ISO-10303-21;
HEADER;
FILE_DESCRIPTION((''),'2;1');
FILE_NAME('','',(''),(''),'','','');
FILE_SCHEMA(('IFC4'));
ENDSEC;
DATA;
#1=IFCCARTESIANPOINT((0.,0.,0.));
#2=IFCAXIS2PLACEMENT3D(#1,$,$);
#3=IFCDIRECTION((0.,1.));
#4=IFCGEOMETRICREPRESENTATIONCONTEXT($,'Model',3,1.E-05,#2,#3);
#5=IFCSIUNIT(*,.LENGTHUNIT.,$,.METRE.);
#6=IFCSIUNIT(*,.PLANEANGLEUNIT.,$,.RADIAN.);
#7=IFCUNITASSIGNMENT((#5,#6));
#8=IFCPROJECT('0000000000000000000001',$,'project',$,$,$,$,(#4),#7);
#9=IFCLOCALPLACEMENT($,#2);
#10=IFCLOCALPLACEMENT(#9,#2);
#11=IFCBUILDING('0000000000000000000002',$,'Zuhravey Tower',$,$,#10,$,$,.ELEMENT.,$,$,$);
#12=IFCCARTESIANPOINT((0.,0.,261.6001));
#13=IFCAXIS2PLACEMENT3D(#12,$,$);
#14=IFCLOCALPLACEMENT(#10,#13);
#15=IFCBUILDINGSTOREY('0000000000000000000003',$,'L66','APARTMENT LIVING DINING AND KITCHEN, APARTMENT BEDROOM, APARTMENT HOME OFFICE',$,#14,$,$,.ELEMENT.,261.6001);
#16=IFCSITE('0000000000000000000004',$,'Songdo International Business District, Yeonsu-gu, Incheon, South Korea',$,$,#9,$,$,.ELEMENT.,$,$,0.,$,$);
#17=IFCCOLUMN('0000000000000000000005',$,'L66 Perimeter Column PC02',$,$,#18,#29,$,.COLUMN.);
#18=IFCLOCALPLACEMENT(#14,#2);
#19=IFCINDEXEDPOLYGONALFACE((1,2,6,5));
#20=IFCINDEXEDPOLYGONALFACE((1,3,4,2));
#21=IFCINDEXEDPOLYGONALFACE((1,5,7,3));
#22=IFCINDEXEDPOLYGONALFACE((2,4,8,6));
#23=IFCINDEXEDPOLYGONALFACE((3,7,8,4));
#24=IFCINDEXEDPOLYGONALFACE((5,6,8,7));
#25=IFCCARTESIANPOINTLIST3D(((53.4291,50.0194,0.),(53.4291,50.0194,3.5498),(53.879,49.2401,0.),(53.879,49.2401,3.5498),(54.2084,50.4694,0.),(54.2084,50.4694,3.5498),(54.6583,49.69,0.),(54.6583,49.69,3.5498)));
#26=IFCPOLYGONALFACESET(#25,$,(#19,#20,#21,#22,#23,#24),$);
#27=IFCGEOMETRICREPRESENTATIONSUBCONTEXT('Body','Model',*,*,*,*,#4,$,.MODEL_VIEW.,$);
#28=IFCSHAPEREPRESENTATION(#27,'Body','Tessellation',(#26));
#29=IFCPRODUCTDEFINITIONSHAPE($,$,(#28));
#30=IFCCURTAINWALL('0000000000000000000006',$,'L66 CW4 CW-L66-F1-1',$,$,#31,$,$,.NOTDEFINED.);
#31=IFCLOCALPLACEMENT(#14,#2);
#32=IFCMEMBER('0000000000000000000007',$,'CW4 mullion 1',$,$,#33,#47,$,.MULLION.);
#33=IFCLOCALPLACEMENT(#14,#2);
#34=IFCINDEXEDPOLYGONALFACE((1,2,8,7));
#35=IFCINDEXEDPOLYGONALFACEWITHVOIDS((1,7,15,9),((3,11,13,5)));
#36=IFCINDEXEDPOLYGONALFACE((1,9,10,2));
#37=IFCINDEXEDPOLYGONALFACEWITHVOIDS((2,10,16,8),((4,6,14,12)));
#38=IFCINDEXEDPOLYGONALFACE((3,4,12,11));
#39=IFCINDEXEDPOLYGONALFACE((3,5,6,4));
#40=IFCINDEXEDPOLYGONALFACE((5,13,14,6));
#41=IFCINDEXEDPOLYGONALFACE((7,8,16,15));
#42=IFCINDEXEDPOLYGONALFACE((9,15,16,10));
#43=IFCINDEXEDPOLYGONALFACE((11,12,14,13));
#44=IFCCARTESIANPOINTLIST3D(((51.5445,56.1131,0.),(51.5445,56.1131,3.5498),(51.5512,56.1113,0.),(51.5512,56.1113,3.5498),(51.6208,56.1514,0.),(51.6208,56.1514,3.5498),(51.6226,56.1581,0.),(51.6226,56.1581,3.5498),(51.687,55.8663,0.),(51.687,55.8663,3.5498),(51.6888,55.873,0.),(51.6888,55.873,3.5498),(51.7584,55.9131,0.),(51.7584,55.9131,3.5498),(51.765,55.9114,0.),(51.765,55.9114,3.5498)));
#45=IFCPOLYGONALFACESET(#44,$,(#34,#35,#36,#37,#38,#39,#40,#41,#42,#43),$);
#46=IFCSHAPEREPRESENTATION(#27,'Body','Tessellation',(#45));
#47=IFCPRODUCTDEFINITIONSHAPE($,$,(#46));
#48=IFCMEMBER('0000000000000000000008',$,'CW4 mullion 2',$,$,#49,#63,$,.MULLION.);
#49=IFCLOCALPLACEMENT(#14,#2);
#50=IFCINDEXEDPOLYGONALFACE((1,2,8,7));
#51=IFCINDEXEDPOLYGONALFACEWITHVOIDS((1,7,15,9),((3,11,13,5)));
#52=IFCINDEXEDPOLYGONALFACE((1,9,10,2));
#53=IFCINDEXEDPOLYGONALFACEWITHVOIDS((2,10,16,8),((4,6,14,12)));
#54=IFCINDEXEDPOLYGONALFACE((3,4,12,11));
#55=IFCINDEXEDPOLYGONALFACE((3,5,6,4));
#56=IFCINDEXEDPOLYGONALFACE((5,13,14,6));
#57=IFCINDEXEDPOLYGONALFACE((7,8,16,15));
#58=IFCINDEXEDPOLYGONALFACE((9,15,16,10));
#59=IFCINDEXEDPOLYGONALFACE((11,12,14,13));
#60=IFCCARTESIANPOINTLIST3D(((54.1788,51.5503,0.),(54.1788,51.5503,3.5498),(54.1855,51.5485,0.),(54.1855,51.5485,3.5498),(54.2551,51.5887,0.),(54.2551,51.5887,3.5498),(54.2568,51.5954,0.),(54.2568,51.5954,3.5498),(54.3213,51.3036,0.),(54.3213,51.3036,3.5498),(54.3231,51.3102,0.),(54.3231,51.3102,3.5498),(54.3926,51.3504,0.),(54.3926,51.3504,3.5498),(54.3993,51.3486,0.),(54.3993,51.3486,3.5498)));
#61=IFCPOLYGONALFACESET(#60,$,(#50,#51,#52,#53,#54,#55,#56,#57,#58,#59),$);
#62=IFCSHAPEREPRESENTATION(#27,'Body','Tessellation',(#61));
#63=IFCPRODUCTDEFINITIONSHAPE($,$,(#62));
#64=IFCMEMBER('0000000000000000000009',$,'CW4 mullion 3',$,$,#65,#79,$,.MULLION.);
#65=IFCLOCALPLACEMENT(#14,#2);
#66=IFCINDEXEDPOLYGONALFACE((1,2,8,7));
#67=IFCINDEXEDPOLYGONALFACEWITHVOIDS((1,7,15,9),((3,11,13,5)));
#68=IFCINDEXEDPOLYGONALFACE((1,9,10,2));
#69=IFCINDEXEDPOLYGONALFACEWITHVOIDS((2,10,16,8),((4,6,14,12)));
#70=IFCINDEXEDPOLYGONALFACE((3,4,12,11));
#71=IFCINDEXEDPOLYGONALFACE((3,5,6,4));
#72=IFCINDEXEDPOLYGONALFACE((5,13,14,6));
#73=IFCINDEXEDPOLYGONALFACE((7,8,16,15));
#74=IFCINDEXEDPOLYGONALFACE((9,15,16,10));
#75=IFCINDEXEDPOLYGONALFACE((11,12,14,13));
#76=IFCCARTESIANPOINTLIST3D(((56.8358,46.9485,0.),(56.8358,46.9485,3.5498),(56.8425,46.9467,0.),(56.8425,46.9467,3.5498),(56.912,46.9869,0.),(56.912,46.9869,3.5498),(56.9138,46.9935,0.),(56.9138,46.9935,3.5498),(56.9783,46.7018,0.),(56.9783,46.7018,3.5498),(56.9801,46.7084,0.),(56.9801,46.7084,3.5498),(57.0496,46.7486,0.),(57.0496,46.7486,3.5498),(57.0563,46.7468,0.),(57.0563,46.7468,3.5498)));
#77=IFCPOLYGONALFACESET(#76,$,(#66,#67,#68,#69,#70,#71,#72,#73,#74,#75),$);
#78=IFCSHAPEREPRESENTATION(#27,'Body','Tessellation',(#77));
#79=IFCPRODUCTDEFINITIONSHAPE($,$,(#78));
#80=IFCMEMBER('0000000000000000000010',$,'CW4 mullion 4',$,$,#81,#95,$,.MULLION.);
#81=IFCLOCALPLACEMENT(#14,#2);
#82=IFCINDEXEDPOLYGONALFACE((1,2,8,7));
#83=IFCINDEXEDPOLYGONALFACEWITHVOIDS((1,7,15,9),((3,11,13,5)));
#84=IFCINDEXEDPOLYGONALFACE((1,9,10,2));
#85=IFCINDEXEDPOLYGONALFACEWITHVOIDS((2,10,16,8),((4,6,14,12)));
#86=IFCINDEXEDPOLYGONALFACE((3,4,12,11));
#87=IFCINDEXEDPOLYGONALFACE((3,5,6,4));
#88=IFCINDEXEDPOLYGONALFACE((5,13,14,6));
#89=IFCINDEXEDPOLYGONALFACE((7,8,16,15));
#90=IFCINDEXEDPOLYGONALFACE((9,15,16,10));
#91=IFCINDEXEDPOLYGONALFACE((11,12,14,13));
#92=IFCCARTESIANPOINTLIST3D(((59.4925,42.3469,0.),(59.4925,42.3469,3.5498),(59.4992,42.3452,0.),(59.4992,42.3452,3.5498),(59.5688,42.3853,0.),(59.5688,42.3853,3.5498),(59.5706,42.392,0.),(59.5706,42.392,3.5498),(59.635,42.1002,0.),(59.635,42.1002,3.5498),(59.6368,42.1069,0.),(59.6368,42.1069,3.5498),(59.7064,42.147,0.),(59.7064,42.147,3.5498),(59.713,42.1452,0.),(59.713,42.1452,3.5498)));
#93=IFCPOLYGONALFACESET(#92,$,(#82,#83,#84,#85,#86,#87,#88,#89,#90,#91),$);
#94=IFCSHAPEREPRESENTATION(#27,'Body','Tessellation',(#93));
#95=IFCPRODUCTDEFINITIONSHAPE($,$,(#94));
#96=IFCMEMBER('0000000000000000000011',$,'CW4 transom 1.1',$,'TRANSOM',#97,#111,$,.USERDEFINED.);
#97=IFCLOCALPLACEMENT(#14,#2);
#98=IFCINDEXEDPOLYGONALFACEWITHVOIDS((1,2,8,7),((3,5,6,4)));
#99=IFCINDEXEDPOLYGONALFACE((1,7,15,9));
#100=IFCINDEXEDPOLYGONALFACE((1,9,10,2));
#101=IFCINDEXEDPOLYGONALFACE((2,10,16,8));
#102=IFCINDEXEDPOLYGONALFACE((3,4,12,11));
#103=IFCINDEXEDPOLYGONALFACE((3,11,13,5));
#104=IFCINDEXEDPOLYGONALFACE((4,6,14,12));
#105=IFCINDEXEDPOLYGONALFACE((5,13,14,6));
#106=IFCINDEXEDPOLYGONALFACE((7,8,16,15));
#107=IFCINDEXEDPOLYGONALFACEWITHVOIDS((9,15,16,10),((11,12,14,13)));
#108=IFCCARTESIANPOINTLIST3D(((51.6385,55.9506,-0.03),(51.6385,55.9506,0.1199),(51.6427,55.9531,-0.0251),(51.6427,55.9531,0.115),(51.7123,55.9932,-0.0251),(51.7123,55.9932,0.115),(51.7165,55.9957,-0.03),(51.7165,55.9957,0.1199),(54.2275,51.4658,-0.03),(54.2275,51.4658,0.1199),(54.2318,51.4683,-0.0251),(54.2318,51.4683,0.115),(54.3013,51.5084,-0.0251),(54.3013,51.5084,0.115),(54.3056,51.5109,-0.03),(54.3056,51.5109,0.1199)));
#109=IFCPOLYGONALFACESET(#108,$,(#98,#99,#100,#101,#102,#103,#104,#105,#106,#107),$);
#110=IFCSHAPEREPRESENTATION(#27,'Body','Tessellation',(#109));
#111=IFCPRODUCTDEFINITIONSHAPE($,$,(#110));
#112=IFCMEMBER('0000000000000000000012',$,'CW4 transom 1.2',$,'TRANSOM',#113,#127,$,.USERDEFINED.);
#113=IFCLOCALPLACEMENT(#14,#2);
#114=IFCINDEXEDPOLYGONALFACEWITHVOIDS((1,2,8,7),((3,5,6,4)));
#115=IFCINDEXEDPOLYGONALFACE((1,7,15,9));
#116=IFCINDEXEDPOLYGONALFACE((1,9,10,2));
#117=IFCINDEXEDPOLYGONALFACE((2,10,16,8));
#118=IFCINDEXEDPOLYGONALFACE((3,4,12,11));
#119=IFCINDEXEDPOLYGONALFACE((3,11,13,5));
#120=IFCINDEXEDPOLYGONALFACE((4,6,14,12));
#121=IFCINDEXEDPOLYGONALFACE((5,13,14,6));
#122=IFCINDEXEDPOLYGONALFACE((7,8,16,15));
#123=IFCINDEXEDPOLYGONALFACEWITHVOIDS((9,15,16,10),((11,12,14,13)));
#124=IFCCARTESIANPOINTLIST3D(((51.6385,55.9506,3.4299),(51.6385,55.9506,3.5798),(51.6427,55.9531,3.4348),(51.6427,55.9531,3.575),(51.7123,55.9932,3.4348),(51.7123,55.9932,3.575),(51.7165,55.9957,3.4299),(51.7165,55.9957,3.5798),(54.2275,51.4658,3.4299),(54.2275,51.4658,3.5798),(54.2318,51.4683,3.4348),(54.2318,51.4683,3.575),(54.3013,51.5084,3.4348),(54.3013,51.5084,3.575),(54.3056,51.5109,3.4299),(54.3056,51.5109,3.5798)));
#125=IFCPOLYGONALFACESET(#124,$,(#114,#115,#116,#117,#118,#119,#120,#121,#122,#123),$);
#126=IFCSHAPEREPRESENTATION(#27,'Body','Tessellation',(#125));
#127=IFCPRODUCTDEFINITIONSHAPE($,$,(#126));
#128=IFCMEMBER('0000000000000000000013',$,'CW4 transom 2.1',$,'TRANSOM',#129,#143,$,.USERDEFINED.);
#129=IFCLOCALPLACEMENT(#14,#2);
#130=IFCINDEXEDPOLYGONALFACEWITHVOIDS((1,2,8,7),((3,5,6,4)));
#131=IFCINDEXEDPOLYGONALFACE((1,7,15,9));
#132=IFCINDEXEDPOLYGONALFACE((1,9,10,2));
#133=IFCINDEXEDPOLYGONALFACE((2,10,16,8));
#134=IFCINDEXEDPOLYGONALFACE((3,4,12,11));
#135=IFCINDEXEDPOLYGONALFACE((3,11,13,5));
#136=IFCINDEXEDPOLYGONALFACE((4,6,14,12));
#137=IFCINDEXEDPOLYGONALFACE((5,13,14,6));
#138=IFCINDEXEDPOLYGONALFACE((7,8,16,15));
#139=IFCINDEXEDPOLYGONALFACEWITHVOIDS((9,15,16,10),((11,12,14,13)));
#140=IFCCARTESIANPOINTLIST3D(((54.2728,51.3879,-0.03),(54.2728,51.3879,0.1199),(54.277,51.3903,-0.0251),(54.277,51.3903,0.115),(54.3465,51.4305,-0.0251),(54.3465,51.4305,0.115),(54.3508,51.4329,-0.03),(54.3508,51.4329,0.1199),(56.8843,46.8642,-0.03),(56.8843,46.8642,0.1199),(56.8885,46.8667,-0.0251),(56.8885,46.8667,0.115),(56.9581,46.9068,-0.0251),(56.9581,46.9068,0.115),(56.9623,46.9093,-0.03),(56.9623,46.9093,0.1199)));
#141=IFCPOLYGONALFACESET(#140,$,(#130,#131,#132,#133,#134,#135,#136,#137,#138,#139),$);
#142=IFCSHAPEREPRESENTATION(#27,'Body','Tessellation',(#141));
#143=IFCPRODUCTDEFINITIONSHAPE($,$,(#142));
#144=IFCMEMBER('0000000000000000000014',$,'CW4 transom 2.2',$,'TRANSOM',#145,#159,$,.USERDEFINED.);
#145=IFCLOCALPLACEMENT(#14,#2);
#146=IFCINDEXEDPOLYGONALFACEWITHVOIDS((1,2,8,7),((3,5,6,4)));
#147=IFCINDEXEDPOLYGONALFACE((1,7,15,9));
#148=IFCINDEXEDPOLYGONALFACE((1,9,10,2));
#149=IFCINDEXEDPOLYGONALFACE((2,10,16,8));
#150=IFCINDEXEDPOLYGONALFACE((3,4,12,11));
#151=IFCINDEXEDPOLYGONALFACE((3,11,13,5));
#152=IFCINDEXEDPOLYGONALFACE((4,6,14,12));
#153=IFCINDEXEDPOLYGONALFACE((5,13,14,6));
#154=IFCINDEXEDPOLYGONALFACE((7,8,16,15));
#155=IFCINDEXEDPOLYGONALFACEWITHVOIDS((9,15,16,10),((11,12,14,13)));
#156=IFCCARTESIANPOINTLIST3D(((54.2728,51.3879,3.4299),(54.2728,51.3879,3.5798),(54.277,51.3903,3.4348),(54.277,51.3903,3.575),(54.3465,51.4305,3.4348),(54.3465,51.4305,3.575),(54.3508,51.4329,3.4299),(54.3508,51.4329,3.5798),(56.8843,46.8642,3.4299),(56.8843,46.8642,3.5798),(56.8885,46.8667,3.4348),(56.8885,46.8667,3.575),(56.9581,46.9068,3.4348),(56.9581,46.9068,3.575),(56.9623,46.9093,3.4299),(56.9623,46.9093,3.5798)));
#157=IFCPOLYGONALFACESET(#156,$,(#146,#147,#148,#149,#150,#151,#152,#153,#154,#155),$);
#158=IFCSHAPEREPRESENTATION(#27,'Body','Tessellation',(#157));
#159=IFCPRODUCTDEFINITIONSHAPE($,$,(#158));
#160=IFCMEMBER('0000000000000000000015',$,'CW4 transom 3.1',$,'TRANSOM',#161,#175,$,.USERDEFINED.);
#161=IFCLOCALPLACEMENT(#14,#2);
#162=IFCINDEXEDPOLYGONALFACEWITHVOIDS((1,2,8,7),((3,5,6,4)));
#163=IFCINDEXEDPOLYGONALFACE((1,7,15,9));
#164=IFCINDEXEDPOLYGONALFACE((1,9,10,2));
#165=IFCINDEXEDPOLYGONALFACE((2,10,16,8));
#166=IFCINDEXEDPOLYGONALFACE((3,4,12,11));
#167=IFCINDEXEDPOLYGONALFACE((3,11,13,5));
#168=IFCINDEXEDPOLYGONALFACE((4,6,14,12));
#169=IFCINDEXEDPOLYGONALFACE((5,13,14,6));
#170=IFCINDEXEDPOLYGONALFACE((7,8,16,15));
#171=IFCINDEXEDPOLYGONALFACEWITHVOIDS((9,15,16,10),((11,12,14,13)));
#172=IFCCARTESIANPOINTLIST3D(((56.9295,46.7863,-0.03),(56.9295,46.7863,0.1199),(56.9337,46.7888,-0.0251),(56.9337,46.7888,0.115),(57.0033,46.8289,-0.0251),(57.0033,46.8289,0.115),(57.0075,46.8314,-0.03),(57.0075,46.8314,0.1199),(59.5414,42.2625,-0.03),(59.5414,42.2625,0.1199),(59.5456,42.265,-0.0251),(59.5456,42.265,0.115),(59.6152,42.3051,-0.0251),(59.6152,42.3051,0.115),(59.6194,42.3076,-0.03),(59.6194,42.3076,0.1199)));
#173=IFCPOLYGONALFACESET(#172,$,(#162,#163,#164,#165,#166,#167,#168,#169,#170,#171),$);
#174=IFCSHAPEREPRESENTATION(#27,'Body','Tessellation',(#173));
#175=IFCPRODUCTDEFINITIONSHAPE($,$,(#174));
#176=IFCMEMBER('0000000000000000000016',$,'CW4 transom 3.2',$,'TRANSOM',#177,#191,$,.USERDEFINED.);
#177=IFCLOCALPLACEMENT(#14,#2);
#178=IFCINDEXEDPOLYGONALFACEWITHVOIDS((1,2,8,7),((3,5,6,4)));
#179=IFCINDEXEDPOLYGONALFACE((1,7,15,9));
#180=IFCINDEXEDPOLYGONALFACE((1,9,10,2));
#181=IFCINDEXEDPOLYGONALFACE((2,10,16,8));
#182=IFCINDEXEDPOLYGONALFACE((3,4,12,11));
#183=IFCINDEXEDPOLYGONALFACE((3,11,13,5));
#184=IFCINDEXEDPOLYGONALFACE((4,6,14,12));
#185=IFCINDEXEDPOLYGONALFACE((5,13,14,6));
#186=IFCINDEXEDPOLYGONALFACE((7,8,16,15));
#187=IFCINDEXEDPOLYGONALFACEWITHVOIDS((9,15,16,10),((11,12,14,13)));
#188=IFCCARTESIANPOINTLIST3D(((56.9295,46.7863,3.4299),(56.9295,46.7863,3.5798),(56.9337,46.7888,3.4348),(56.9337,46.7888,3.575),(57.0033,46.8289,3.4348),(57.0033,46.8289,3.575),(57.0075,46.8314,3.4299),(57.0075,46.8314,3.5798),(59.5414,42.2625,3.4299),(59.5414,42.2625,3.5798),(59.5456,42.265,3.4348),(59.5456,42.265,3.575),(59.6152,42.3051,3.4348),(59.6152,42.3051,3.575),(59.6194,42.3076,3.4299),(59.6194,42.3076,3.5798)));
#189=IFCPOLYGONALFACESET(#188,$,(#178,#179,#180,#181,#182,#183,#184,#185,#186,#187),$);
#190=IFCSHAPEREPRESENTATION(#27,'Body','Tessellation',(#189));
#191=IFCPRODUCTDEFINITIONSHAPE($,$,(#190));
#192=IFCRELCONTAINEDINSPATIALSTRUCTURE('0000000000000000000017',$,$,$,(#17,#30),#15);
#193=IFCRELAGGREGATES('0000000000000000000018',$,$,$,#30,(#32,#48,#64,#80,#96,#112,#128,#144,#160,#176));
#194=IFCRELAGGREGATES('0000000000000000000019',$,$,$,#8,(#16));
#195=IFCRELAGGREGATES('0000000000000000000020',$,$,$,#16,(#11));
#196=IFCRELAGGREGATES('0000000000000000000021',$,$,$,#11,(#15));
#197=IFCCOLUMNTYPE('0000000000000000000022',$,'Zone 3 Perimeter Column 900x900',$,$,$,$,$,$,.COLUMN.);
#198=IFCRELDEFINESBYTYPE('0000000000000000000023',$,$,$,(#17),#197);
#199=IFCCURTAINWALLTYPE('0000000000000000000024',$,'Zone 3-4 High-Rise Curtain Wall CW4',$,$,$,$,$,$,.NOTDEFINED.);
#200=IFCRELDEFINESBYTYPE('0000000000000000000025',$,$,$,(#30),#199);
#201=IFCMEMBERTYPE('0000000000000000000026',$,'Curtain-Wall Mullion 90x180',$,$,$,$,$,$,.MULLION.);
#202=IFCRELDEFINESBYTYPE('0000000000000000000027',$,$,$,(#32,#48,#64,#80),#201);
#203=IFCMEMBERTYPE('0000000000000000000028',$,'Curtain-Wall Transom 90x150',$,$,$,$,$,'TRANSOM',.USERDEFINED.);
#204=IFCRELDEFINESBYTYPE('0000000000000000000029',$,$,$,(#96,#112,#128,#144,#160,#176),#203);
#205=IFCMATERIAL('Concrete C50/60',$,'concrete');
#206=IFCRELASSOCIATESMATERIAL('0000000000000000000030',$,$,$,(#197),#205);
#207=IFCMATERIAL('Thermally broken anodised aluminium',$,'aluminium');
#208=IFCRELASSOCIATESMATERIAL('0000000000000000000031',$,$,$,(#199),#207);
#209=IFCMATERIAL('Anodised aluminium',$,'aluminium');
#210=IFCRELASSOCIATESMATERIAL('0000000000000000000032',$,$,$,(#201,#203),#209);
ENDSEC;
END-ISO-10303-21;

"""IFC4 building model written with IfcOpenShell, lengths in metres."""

from ifc_helpers import new_model, si_unit, direction, frame, origin, origin_2d, place, context, subcontext, project, spatial, rectangle, hollow_rectangle, extrude, material, material_profile, profile_set, type_object, element, aggregate, save


model = new_model("IFC4")

# Units and contexts
model_context = context("Model", 3, precision=1e-05, world=origin(), true_north=direction((0.0, 1.0)))
body_context = subcontext(model_context, "Body", "Model", "MODEL_VIEW")
ifc_project = project(units=[si_unit("LENGTHUNIT", "METRE"), si_unit("PLANEANGLEUNIT", "RADIAN")], contexts=[model_context])

# Site, building, storey
site_placement = place(None, origin())
site = spatial("IfcSite", under=ifc_project, at=site_placement, Name="Songdo International Business District, Yeonsu-gu, Incheon, South Korea", CompositionType="ELEMENT", RefElevation=0.0)
building_placement = place(site_placement, origin())
building = spatial("IfcBuilding", under=site, at=building_placement, Name="Zuhravey Tower", CompositionType="ELEMENT")
storey_placement = place(building_placement, frame((0.0, 0.0, 261.6001)))
storey = spatial("IfcBuildingStorey", under=building, at=storey_placement, Name="L66", Description="APARTMENT LIVING DINING AND KITCHEN, APARTMENT BEDROOM, APARTMENT HOME OFFICE", CompositionType="ELEMENT", Elevation=261.6001)

# Column
ifc_material_1 = material(Name="Concrete C50/60", Category="concrete")
ifc_material_profile_1 = material_profile(ifc_material_1, rectangle(XDim=0.8999, YDim=0.8999, at=origin_2d()), Name="RC-900x900")
ifc_profile_set_1 = profile_set([ifc_material_profile_1], Name="Concrete C50/60")
column_type = type_object("IfcColumnType", Name="Zone 3 Perimeter Column 900x900", PredefinedType="COLUMN", material=ifc_profile_set_1)
column_placement = place(storey_placement, frame((54.0437, 49.8547, 0.0), z_axis=(0.0, 0.0, 1.0), x_axis=(-0.5, 0.866025, 0.0)))
element("IfcColumn", 1, at=column_placement, inside=storey, type_object=column_type, Name="L66 Perimeter Column PC02", PredefinedType="COLUMN", context=body_context, shape_type="SweptSolid", body=[
    extrude(rectangle(XDim=0.8999, YDim=0.8999, at=origin_2d()), origin(), (0.0, 0.0, 1.0), 3.5498),
])

# Curtain wall, members
ifc_material_2 = material(Name="Thermally broken anodised aluminium", Category="aluminium")
curtain_wall_type = type_object("IfcCurtainWallType", Name="Zone 3-4 High-Rise Curtain Wall CW4", PredefinedType="NOTDEFINED", material=ifc_material_2)
curtain_wall_placement = place(storey_placement, origin())
curtain_wall = element("IfcCurtainWall", 2, at=curtain_wall_placement, inside=storey, type_object=curtain_wall_type, Name="L66 CW4 CW-L66-F1-1", PredefinedType="NOTDEFINED")
ifc_material_3 = material(Name="Anodised aluminium", Category="aluminium")
ifc_material_profile_2 = material_profile(ifc_material_3, hollow_rectangle(XDim=0.0901, YDim=0.2849, WallThickness=0.0049, at=origin_2d()), Name="ALU-RHS-90x285x5")
ifc_profile_set_2 = profile_set([ifc_material_profile_2], Name="Anodised aluminium")
member_type_1 = type_object("IfcMemberType", Name="Curtain-Wall Mullion 90x180", PredefinedType="MULLION", material=ifc_profile_set_2)
member_1_placement = place(storey_placement, frame((51.6548, 56.0122, 0.0), z_axis=(0.0, 0.0, 1.0), x_axis=(0.866026, 0.5, 0.0)))
member_1 = element("IfcMember", 3, at=member_1_placement, type_object=member_type_1, Name="CW4 mullion 1", PredefinedType="MULLION", context=body_context, shape_type="SweptSolid", body=[
    extrude(hollow_rectangle(XDim=0.0901, YDim=0.2849, WallThickness=0.0049, at=origin_2d()), origin(), (0.0, 0.0, 1.0), 3.5498),
])
member_2_placement = place(storey_placement, frame((54.2891, 51.4495, 0.0), z_axis=(0.0, 0.0, 1.0), x_axis=(0.866026, 0.5, 0.0)))
member_2 = element("IfcMember", 4, at=member_2_placement, type_object=member_type_1, Name="CW4 mullion 2", PredefinedType="MULLION", context=body_context, shape_type="SweptSolid", body=[
    extrude(hollow_rectangle(XDim=0.0901, YDim=0.2849, WallThickness=0.0049, at=origin_2d()), origin(), (0.0, 0.0, 1.0), 3.5498),
])
member_3_placement = place(storey_placement, frame((56.946, 46.8477, 0.0), z_axis=(0.0, 0.0, 1.0), x_axis=(0.866026, 0.5, 0.0)))
member_3 = element("IfcMember", 5, at=member_3_placement, type_object=member_type_1, Name="CW4 mullion 3", PredefinedType="MULLION", context=body_context, shape_type="SweptSolid", body=[
    extrude(hollow_rectangle(XDim=0.0901, YDim=0.2849, WallThickness=0.0049, at=origin_2d()), origin(), (0.0, 0.0, 1.0), 3.5498),
])
member_4_placement = place(storey_placement, frame((59.6028, 42.2461, 0.0), z_axis=(0.0, 0.0, 1.0), x_axis=(0.866026, 0.5, 0.0)))
member_4 = element("IfcMember", 6, at=member_4_placement, type_object=member_type_1, Name="CW4 mullion 4", PredefinedType="MULLION", context=body_context, shape_type="SweptSolid", body=[
    extrude(hollow_rectangle(XDim=0.0901, YDim=0.2849, WallThickness=0.0049, at=origin_2d()), origin(), (0.0, 0.0, 1.0), 3.5498),
])
ifc_material_profile_3 = material_profile(ifc_material_3, hollow_rectangle(XDim=0.0901, YDim=0.1499, WallThickness=0.0049, at=origin_2d()), Name="ALU-RHS-90x150x5")
ifc_profile_set_3 = profile_set([ifc_material_profile_3], Name="Anodised aluminium")
member_type_2 = type_object("IfcMemberType", Name="Curtain-Wall Transom 90x150", ElementType="TRANSOM", PredefinedType="USERDEFINED", material=ifc_profile_set_3)
member_5_placement = place(storey_placement, frame((51.6775, 55.9731, 0.0449), z_axis=(0.499967, -0.866044, 0.0), x_axis=(0.866044, 0.499967, 0.0)))
member_5 = element("IfcMember", 7, at=member_5_placement, type_object=member_type_2, Name="CW4 transom 1.1", ObjectType="TRANSOM", PredefinedType="USERDEFINED", context=body_context, shape_type="SweptSolid", body=[
    extrude(hollow_rectangle(XDim=0.0901, YDim=0.1499, WallThickness=0.0049, at=origin_2d()), origin(), (0.0, 0.0, 1.0), 5.1785),
])
member_6_placement = place(storey_placement, frame((51.6775, 55.9731, 3.5049), z_axis=(0.499967, -0.866044, 0.0), x_axis=(0.866044, 0.499967, 0.0)))
member_6 = element("IfcMember", 8, at=member_6_placement, type_object=member_type_2, Name="CW4 transom 1.2", ObjectType="TRANSOM", PredefinedType="USERDEFINED", context=body_context, shape_type="SweptSolid", body=[
    extrude(hollow_rectangle(XDim=0.0901, YDim=0.1499, WallThickness=0.0049, at=origin_2d()), origin(), (0.0, 0.0, 1.0), 5.1785),
])
member_7_placement = place(storey_placement, frame((54.3118, 51.4104, 0.0449), z_axis=(0.499975, -0.86604, 0.0), x_axis=(0.86604, 0.499975, 0.0)))
member_7 = element("IfcMember", 9, at=member_7_placement, type_object=member_type_2, Name="CW4 transom 2.1", ObjectType="TRANSOM", PredefinedType="USERDEFINED", context=body_context, shape_type="SweptSolid", body=[
    extrude(hollow_rectangle(XDim=0.0901, YDim=0.1499, WallThickness=0.0049, at=origin_2d()), origin(), (0.0, 0.0, 1.0), 5.2234),
])
member_8_placement = place(storey_placement, frame((54.3118, 51.4104, 3.5049), z_axis=(0.499975, -0.86604, 0.0), x_axis=(0.86604, 0.499975, 0.0)))
member_8 = element("IfcMember", 10, at=member_8_placement, type_object=member_type_2, Name="CW4 transom 2.2", ObjectType="TRANSOM", PredefinedType="USERDEFINED", context=body_context, shape_type="SweptSolid", body=[
    extrude(hollow_rectangle(XDim=0.0901, YDim=0.1499, WallThickness=0.0049, at=origin_2d()), origin(), (0.0, 0.0, 1.0), 5.2234),
])
member_9_placement = place(storey_placement, frame((56.9685, 46.8088, 0.0449), z_axis=(0.50001, -0.86602, 0.0), x_axis=(0.86602, 0.50001, 0.0)))
member_9 = element("IfcMember", 11, at=member_9_placement, type_object=member_type_2, Name="CW4 transom 3.1", ObjectType="TRANSOM", PredefinedType="USERDEFINED", context=body_context, shape_type="SweptSolid", body=[
    extrude(hollow_rectangle(XDim=0.0901, YDim=0.1499, WallThickness=0.0049, at=origin_2d()), origin(), (0.0, 0.0, 1.0), 5.2236),
])
member_10_placement = place(storey_placement, frame((56.9685, 46.8088, 3.5049), z_axis=(0.50001, -0.86602, 0.0), x_axis=(0.86602, 0.50001, 0.0)))
member_10 = element("IfcMember", 12, at=member_10_placement, type_object=member_type_2, Name="CW4 transom 3.2", ObjectType="TRANSOM", PredefinedType="USERDEFINED", context=body_context, shape_type="SweptSolid", body=[
    extrude(hollow_rectangle(XDim=0.0901, YDim=0.1499, WallThickness=0.0049, at=origin_2d()), origin(), (0.0, 0.0, 1.0), 5.2236),
])

aggregate(curtain_wall, [member_1, member_2, member_3, member_4, member_5, member_6, member_7, member_8, member_9, member_10])

save(model, "model.ifc")
